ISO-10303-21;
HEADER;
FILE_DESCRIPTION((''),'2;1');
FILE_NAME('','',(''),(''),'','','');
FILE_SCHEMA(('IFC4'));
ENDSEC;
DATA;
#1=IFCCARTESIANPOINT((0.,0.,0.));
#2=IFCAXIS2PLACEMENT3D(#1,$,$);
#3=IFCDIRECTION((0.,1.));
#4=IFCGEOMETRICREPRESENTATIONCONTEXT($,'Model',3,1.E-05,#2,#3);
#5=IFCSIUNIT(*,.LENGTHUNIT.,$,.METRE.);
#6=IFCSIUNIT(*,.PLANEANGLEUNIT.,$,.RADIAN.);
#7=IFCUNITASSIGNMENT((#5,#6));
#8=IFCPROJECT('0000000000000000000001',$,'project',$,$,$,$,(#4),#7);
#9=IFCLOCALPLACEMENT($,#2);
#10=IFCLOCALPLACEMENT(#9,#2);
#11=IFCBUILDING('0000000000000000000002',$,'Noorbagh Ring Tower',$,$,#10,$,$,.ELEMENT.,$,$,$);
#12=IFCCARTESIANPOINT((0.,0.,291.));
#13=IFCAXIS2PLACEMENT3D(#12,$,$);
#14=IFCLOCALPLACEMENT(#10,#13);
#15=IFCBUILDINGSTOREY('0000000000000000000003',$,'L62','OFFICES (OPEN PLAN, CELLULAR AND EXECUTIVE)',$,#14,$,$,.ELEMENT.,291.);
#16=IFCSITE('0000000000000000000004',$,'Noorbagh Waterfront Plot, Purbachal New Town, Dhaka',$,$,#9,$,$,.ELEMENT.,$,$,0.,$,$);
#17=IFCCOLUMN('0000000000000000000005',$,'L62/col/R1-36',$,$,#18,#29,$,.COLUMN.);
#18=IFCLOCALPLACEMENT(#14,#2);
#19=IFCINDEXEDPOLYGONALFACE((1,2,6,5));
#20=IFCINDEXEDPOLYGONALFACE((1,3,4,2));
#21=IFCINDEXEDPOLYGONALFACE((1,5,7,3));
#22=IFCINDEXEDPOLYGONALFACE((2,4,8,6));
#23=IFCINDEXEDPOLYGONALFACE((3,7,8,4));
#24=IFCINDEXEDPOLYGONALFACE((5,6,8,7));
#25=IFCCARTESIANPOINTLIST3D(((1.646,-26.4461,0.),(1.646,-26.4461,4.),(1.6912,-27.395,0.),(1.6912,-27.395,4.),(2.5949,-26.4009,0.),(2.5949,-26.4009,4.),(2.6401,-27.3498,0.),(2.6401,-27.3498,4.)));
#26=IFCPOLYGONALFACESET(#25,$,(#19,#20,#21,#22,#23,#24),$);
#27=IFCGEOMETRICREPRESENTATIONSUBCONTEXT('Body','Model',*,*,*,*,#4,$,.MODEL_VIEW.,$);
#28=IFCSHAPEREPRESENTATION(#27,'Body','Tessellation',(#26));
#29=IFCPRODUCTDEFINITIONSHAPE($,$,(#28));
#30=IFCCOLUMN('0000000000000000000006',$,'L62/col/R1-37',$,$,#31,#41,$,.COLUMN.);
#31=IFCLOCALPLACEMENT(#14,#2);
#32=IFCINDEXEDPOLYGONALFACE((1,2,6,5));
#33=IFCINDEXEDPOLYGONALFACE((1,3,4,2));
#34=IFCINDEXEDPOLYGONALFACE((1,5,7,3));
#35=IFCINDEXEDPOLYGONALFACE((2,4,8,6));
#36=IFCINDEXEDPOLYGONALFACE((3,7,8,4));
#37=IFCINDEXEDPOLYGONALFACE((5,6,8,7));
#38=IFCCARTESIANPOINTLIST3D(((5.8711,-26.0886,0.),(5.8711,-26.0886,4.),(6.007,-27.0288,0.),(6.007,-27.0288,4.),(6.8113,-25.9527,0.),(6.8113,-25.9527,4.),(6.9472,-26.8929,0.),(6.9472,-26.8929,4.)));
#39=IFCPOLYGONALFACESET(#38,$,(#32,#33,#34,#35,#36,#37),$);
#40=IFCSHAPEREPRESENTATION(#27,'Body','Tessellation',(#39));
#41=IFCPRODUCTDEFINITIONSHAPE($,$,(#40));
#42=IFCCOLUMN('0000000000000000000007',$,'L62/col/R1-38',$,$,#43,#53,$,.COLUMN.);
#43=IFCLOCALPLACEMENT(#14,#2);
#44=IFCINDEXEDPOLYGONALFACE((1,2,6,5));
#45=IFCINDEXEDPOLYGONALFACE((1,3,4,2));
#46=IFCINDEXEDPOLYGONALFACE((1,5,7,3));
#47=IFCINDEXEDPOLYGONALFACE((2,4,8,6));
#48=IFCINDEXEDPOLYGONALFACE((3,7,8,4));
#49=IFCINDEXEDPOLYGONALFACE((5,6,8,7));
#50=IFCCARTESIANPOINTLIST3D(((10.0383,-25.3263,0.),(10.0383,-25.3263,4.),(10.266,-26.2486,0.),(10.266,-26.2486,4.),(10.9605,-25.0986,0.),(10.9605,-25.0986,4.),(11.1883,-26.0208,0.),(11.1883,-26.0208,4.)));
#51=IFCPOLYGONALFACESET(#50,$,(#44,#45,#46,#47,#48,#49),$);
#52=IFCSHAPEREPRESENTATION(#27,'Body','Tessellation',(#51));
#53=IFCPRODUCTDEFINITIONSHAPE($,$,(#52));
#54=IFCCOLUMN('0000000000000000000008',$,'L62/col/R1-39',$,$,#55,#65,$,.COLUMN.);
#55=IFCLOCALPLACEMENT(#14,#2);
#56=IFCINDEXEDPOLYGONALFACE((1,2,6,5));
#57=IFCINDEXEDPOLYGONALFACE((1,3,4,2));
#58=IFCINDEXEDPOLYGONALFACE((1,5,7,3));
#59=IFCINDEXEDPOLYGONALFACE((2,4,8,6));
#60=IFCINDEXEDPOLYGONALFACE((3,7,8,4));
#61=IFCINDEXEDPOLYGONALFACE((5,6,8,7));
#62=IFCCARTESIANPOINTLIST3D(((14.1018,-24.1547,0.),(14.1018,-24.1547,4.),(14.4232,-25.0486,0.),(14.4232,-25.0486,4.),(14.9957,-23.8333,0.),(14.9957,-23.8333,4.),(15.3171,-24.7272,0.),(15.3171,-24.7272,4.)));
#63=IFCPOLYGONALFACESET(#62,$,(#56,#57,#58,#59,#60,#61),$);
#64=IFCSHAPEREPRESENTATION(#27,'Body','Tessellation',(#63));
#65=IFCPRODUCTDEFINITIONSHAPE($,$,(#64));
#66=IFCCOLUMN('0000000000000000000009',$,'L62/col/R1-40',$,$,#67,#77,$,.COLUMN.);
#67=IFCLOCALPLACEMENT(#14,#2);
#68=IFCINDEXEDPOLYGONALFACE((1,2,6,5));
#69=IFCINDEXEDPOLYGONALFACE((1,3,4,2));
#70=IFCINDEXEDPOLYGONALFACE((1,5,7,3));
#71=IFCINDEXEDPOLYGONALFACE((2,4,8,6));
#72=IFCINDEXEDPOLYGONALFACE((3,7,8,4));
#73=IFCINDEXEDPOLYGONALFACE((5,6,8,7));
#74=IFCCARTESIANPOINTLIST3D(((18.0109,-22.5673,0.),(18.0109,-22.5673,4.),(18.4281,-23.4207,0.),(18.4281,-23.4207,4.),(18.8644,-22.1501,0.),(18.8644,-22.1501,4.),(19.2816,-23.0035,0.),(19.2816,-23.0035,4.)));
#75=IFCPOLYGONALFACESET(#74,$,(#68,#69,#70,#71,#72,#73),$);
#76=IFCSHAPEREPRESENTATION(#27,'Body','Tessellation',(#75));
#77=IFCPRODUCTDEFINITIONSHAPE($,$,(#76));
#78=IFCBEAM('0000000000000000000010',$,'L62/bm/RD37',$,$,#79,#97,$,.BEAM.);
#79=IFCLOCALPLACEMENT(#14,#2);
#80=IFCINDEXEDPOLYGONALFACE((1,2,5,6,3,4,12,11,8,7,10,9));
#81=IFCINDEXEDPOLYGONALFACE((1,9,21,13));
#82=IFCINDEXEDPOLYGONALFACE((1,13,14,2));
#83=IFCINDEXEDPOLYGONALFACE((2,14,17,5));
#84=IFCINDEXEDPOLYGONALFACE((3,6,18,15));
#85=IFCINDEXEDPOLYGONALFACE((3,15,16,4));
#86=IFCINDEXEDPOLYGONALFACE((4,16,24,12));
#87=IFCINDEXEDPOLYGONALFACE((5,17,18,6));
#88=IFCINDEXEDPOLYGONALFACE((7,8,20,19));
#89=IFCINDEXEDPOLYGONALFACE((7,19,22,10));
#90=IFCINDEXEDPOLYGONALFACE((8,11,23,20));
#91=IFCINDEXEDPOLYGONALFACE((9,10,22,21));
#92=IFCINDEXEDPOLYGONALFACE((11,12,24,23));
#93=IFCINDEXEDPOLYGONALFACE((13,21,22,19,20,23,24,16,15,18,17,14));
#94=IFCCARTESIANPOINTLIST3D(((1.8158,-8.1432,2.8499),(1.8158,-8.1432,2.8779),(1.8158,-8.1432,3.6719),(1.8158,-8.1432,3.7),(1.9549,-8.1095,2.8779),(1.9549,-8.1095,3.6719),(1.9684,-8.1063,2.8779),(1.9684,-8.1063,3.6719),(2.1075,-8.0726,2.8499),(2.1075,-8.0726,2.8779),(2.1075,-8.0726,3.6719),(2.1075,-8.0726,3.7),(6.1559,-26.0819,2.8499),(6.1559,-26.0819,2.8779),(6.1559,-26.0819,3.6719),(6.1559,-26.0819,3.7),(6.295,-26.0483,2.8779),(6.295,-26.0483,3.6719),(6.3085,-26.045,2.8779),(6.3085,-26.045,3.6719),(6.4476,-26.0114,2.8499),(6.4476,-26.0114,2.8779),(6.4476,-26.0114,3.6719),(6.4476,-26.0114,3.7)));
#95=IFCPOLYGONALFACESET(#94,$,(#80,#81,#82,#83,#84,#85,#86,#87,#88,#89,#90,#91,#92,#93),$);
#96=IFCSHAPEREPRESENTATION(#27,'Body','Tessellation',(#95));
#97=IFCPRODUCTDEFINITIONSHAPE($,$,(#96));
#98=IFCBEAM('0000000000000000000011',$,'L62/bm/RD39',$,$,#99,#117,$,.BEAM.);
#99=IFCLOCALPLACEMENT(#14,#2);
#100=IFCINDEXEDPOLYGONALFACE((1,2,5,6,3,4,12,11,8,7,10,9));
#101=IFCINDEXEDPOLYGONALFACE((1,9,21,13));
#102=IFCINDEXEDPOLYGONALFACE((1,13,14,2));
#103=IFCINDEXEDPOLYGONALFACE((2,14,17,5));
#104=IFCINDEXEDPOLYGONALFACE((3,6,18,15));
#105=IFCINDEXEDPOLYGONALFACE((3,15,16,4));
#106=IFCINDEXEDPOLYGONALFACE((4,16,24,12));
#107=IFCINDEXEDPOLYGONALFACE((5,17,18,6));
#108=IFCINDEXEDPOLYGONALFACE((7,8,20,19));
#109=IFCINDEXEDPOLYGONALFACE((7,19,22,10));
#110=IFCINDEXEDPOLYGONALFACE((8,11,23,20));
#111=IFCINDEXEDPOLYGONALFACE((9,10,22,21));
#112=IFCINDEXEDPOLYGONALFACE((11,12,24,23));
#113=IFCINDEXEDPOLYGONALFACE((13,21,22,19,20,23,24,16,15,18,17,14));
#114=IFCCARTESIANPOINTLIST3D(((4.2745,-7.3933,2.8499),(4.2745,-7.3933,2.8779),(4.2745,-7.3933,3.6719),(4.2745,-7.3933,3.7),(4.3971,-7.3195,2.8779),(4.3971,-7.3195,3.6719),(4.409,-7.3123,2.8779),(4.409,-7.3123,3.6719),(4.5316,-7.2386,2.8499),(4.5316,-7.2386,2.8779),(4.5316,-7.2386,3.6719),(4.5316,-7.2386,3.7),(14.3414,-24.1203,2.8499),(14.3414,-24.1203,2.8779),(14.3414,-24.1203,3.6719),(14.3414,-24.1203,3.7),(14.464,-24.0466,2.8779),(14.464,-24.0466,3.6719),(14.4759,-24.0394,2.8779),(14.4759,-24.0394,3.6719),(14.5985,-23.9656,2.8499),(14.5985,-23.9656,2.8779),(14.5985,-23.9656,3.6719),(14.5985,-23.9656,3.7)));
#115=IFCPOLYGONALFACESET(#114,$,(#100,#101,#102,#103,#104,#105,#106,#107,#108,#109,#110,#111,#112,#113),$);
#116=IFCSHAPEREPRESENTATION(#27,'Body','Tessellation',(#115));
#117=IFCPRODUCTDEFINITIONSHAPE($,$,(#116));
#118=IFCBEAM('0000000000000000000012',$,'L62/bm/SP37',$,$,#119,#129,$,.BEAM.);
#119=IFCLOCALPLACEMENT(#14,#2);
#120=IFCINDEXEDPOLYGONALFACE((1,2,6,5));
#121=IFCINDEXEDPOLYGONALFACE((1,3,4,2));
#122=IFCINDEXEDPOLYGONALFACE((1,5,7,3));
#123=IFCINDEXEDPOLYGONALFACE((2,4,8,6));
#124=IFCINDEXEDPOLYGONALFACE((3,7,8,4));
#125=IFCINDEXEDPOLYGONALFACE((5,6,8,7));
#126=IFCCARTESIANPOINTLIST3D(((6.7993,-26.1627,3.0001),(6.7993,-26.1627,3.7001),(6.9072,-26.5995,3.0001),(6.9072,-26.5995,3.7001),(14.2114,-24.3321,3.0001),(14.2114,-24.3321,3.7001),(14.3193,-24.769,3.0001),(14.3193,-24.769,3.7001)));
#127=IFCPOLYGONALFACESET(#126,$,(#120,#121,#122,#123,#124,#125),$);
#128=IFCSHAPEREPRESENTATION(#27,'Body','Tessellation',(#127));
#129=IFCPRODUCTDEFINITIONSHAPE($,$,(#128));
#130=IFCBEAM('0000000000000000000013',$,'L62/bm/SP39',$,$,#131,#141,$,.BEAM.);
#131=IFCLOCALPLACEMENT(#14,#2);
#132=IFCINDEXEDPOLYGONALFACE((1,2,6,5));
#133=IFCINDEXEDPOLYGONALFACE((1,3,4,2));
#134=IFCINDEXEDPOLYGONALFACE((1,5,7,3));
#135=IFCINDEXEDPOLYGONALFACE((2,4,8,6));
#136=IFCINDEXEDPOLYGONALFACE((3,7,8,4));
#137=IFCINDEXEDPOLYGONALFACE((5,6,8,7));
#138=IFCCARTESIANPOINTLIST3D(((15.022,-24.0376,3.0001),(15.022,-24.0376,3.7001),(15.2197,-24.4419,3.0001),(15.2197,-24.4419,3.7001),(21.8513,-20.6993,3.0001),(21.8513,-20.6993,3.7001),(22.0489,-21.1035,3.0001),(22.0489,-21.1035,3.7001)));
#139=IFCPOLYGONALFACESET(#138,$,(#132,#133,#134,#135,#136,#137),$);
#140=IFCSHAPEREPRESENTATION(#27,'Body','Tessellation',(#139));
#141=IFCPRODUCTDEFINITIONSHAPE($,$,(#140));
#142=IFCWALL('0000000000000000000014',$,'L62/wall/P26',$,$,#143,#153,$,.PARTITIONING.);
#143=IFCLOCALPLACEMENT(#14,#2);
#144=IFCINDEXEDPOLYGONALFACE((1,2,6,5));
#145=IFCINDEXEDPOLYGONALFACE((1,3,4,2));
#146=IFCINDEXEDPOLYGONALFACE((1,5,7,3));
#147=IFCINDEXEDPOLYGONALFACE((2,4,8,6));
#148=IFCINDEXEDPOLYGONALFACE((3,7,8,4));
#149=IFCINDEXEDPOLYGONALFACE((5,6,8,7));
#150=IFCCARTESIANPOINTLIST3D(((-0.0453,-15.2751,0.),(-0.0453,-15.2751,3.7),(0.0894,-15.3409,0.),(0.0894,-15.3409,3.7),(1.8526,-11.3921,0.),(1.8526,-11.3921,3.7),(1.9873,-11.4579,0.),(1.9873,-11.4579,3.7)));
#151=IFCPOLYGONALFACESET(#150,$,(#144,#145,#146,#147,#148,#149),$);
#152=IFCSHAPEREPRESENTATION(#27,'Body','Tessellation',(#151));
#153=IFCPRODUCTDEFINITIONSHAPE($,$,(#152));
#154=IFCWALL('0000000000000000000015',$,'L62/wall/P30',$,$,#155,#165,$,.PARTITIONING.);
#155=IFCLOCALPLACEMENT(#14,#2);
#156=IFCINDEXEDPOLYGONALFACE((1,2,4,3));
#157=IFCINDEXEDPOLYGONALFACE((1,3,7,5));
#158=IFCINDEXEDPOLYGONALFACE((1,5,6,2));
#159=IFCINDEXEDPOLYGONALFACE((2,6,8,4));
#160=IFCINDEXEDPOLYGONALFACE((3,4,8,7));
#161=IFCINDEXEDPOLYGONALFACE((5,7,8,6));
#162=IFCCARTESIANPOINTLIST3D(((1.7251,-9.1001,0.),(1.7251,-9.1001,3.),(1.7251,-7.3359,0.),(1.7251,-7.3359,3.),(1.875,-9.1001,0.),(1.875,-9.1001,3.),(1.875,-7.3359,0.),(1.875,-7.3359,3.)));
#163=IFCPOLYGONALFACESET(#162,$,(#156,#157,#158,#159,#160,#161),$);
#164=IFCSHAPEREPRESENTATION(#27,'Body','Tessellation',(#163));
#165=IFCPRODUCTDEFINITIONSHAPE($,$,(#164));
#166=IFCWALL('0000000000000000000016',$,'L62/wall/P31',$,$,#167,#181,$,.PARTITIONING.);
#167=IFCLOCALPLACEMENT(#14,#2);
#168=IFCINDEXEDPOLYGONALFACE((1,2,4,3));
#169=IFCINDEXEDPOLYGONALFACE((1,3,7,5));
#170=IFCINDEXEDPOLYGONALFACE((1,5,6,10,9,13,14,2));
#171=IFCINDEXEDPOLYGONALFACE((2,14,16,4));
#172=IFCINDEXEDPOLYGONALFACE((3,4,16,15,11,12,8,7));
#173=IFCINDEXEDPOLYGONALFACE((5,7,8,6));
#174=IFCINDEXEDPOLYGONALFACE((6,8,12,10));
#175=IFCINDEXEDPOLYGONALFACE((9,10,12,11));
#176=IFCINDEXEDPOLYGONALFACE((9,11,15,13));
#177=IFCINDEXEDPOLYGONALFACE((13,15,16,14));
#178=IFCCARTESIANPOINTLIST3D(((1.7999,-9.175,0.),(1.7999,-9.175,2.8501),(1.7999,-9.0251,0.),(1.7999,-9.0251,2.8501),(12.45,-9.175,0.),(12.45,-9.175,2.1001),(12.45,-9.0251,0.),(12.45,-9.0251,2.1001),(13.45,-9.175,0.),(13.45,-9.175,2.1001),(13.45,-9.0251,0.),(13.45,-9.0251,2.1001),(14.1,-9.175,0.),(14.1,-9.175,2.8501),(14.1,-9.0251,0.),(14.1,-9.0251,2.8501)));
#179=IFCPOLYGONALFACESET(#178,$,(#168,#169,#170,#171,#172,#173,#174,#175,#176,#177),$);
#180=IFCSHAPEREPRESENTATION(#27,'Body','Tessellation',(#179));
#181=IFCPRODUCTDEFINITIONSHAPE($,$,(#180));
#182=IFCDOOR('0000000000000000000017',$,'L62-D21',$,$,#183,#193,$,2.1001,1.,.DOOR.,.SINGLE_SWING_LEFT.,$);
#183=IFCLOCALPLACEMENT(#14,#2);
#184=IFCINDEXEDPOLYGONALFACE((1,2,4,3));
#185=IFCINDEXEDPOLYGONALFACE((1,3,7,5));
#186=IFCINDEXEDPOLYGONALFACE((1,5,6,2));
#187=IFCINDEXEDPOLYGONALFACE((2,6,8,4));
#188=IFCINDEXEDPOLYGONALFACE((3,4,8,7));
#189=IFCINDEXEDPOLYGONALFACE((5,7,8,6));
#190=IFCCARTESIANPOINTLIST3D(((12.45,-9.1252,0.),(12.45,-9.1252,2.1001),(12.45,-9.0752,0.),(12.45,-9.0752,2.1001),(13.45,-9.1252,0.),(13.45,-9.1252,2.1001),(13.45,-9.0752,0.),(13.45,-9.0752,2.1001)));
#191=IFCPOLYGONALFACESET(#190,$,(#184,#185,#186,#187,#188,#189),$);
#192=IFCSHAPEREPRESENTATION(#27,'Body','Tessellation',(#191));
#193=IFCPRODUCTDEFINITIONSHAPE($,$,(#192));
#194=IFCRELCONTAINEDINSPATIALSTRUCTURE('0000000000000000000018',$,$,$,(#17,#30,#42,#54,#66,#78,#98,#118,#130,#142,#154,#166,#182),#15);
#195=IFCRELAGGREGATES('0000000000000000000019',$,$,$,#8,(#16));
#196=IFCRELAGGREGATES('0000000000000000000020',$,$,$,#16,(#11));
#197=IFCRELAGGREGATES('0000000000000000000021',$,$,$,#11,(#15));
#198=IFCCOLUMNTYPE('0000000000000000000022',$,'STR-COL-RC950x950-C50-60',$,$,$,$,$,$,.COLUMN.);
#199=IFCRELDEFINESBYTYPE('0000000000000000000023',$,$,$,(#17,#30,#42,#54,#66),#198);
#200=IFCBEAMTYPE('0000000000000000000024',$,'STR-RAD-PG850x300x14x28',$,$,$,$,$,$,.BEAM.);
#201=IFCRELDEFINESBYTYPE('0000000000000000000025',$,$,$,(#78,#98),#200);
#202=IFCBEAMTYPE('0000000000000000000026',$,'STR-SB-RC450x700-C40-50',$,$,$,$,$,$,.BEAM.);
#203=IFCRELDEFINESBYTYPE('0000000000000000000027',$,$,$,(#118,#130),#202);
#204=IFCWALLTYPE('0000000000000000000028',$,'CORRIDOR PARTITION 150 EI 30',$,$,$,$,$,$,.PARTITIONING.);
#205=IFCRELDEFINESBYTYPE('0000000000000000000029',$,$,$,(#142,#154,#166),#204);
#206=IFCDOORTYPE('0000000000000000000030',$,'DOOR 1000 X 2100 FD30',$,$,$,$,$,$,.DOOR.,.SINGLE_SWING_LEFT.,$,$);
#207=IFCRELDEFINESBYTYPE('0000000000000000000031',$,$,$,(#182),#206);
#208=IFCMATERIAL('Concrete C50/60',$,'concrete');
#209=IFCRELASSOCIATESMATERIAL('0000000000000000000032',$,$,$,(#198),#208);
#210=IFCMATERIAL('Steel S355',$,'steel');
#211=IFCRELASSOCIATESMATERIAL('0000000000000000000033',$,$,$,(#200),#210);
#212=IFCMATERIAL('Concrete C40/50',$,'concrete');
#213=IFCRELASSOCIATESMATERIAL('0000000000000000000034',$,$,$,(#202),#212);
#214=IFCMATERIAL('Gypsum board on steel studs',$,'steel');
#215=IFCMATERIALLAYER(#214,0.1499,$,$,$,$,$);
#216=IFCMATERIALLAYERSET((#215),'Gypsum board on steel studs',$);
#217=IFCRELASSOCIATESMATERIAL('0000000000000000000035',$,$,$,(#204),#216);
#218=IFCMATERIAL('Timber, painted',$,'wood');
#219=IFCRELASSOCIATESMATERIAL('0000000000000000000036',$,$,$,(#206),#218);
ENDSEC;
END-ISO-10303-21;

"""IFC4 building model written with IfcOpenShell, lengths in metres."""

from ifc_helpers import new_model, si_unit, direction, frame, frame_2d, origin, origin_2d, place, context, subcontext, project, spatial, rectangle, i_section, extrude, material, layer, layer_set, material_profile, profile_set, type_object, element, fill, save


model = new_model("IFC4")

# Units and contexts
model_context = context("Model", 3, precision=1e-05, world=origin(), true_north=direction((0.0, 1.0)))
body_context = subcontext(model_context, "Body", "Model", "MODEL_VIEW")
ifc_project = project(units=[si_unit("LENGTHUNIT", "METRE"), si_unit("PLANEANGLEUNIT", "RADIAN")], contexts=[model_context])

# Site, building, storey
site_placement = place(None, origin())
site = spatial("IfcSite", under=ifc_project, at=site_placement, Name="Noorbagh Waterfront Plot, Purbachal New Town, Dhaka", CompositionType="ELEMENT", RefElevation=0.0)
building_placement = place(site_placement, origin())
building = spatial("IfcBuilding", under=site, at=building_placement, Name="Noorbagh Ring Tower", CompositionType="ELEMENT")
storey_placement = place(building_placement, frame((0.0, 0.0, 291.0)))
storey = spatial("IfcBuildingStorey", under=building, at=storey_placement, Name="L62", Description="OFFICES (OPEN PLAN, CELLULAR AND EXECUTIVE)", CompositionType="ELEMENT", Elevation=291.0)

# Columns
ifc_material_1 = material(Name="Concrete C50/60", Category="concrete")
ifc_material_profile_1 = material_profile(ifc_material_1, rectangle(XDim=0.95, YDim=0.95, at=origin_2d()), Name="RC950x950")
ifc_profile_set_1 = profile_set([ifc_material_profile_1], Name="Concrete C50/60")
column_type = type_object("IfcColumnType", Name="STR-COL-RC950x950-C50-60", PredefinedType="COLUMN", material=ifc_profile_set_1)
for number, where, z_axis, x_axis, name in (
    (1, (2.1431, -26.8979, 0.0), (0.0, 0.0, 1.0), (0.998869, 0.047553, 0.0), "L62/col/R1-36"),
    (2, (6.4092, -26.4907, 0.0), (0.0, 0.0, 1.0), (0.989713, 0.143066, 0.0), "L62/col/R1-37"),
    (3, (10.6133, -25.6736, 0.0), (0.0, 0.0, 1.0), (0.970829, 0.239771, 0.0), "L62/col/R1-38"),
    (4, (14.7095, -24.4409, 0.0), (0.0, 0.0, 1.0), (0.941025, 0.338338, 0.0), "L62/col/R1-39"),
    (5, (18.6462, -22.7854, 0.0), (0.0, 0.0, 1.0), (0.898399, 0.43918, 0.0), "L62/col/R1-40"),
):
    element("IfcColumn", number, at=place(storey_placement, frame(where, z_axis=z_axis, x_axis=x_axis)), inside=storey, type_object=column_type, Name=name, PredefinedType="COLUMN", context=body_context, shape_type="SweptSolid", body=[
        extrude(rectangle(XDim=0.95, YDim=0.95, at=origin_2d()), origin(), (0.0, 0.0, 1.0), 4.0),
    ])

# Beams
ifc_material_2 = material(Name="Steel S355", Category="steel")
ifc_material_profile_2 = material_profile(ifc_material_2, i_section(OverallWidth=0.3, OverallDepth=0.8501, WebThickness=0.0139, FlangeThickness=0.0281, at=origin_2d()), Name="PG850x300x14x28")
ifc_profile_set_2 = profile_set([ifc_material_profile_2], Name="Steel S355")
beam_type_1 = type_object("IfcBeamType", Name="STR-RAD-PG850x300x14x28", PredefinedType="BEAM", material=ifc_profile_set_2)
beam_1_placement = place(storey_placement, frame((6.3018, -26.0466, 3.2749), z_axis=(-0.235155, 0.971958, 0.0), x_axis=(-0.971958, -0.235155, 0.0)))
element("IfcBeam", 6, at=beam_1_placement, inside=storey, type_object=beam_type_1, Name="L62/bm/RD37", PredefinedType="BEAM", context=body_context, shape_type="SweptSolid", body=[
    extrude(i_section(OverallWidth=0.3, OverallDepth=0.8501, WebThickness=0.0139, FlangeThickness=0.0281, at=origin_2d()), origin(), (0.0, 0.0, 1.0), 18.4563),
])
beam_2_placement = place(storey_placement, frame((14.47, -24.043, 3.2749), z_axis=(-0.51565, 0.856799, 0.0), x_axis=(-0.856799, -0.51565, 0.0)))
element("IfcBeam", 7, at=beam_2_placement, inside=storey, type_object=beam_type_1, Name="L62/bm/RD39", PredefinedType="BEAM", context=body_context, shape_type="SweptSolid", body=[
    extrude(i_section(OverallWidth=0.3, OverallDepth=0.8501, WebThickness=0.0139, FlangeThickness=0.0281, at=origin_2d()), origin(), (0.0, 0.0, 1.0), 19.5227),
])
ifc_material_3 = material(Name="Concrete C40/50", Category="concrete")
ifc_material_profile_3 = material_profile(ifc_material_3, rectangle(XDim=0.45, YDim=0.7, at=origin_2d()), Name="RC450x700")
ifc_profile_set_3 = profile_set([ifc_material_profile_3], Name="Concrete C40/50")
beam_type_2 = type_object("IfcBeamType", Name="STR-SB-RC450x700-C40-50", PredefinedType="BEAM", material=ifc_profile_set_3)
beam_3_placement = place(storey_placement, frame((6.8533, -26.3811, 3.3501), z_axis=(0.970831, 0.239766, 0.0), x_axis=(-0.239766, 0.970831, 0.0)))
element("IfcBeam", 8, at=beam_3_placement, inside=storey, type_object=beam_type_2, Name="L62/bm/SP37", PredefinedType="BEAM", context=body_context, shape_type="SweptSolid", body=[
    extrude(rectangle(XDim=0.45, YDim=0.7, at=origin_2d()), origin(), (0.0, 0.0, 1.0), 7.6348),
])
beam_4_placement = place(storey_placement, frame((15.1208, -24.2397, 3.3501), z_axis=(0.898406, 0.439166, 0.0), x_axis=(-0.439166, 0.898406, 0.0)))
element("IfcBeam", 9, at=beam_4_placement, inside=storey, type_object=beam_type_2, Name="L62/bm/SP39", PredefinedType="BEAM", context=body_context, shape_type="SweptSolid", body=[
    extrude(rectangle(XDim=0.45, YDim=0.7, at=origin_2d()), origin(), (0.0, 0.0, 1.0), 7.6016),
])

# Walls
ifc_material_4 = material(Name="Gypsum board on steel studs", Category="steel")
ifc_layer_1 = layer(ifc_material_4, 0.1499)
ifc_layer_set_1 = layer_set([ifc_layer_1], Name="Gypsum board on steel studs")
wall_type_1 = type_object("IfcWallType", Name="CORRIDOR PARTITION 150 EI 30", PredefinedType="PARTITIONING", material=ifc_layer_set_1)
wall_1_placement = place(storey_placement, frame((0.022, -15.3081, 0.0), z_axis=(0.0, 0.0, 1.0), x_axis=(0.439129, 0.898424, 0.0)))
element("IfcWall", 10, at=wall_1_placement, inside=storey, type_object=wall_type_1, Name="L62/wall/P26", PredefinedType="PARTITIONING", context=body_context, shape_type="SweptSolid", body=[
    extrude(rectangle(XDim=4.322, YDim=0.1499, at=frame_2d((2.1611, 0.0))), origin(), (0.0, 0.0, 1.0), 3.7),
])
wall_2_placement = place(storey_placement, frame((1.8, -9.1001, 0.0), z_axis=(0.0, 0.0, 1.0), x_axis=(0.0, 1.0, 0.0)))
element("IfcWall", 11, at=wall_2_placement, inside=storey, type_object=wall_type_1, Name="L62/wall/P30", PredefinedType="PARTITIONING", context=body_context, shape_type="SweptSolid", body=[
    extrude(rectangle(XDim=1.7642, YDim=0.1499, at=frame_2d((0.8821, 0.0))), origin(), (0.0, 0.0, 1.0), 3.0),
])

# Wall, opening, door
wall_3_placement = place(storey_placement, frame((1.8, -9.1001, 0.0), z_axis=(0.0, 0.0, 1.0), x_axis=(1.0, 0.0, 0.0)))
wall_3 = element("IfcWall", 12, at=wall_3_placement, inside=storey, type_object=wall_type_1, Name="L62/wall/P31", PredefinedType="PARTITIONING", context=body_context, shape_type="SweptSolid", body=[
    extrude(rectangle(XDim=12.3, YDim=0.1499, at=frame_2d((6.1499, 0.0))), origin(), (0.0, 0.0, 1.0), 2.8501),
])
opening_1_placement = place(wall_3_placement, frame((10.6499, 0.0, 0.0)))
opening_1 = element("IfcOpeningElement", 13, at=opening_1_placement, cuts=wall_3, PredefinedType="OPENING", context=body_context, shape_type="SweptSolid", body=[
    extrude(rectangle(XDim=1.0, YDim=2.1001, at=frame_2d((0.5, 1.05))), frame((0.0, 0.085, 0.0), z_axis=(0.0, -1.0, 0.0), x_axis=(1.0, 0.0, 0.0)), (0.0, 0.0, 1.0), 0.1699),
])
ifc_material_5 = material(Name="Timber, painted", Category="wood")
door_type = type_object("IfcDoorType", Name="DOOR 1000 X 2100 FD30", OperationType="SINGLE_SWING_LEFT", PredefinedType="DOOR", material=ifc_material_5)
door_1_placement = place(opening_1_placement, origin())
door_1 = element("IfcDoor", 14, at=door_1_placement, inside=storey, type_object=door_type, Name="L62-D21", OperationType="SINGLE_SWING_LEFT", OverallHeight=2.1001, OverallWidth=1.0, PredefinedType="DOOR", context=body_context, shape_type="SweptSolid", body=[
    extrude(rectangle(XDim=1.0, YDim=2.1001, at=frame_2d((0.5, 1.05))), frame((0.0, 0.0249, 0.0), z_axis=(0.0, -1.0, 0.0), x_axis=(1.0, 0.0, 0.0)), (0.0, 0.0, 1.0), 0.05),
])
fill(opening_1, door_1)

save(model, "model.ifc")
